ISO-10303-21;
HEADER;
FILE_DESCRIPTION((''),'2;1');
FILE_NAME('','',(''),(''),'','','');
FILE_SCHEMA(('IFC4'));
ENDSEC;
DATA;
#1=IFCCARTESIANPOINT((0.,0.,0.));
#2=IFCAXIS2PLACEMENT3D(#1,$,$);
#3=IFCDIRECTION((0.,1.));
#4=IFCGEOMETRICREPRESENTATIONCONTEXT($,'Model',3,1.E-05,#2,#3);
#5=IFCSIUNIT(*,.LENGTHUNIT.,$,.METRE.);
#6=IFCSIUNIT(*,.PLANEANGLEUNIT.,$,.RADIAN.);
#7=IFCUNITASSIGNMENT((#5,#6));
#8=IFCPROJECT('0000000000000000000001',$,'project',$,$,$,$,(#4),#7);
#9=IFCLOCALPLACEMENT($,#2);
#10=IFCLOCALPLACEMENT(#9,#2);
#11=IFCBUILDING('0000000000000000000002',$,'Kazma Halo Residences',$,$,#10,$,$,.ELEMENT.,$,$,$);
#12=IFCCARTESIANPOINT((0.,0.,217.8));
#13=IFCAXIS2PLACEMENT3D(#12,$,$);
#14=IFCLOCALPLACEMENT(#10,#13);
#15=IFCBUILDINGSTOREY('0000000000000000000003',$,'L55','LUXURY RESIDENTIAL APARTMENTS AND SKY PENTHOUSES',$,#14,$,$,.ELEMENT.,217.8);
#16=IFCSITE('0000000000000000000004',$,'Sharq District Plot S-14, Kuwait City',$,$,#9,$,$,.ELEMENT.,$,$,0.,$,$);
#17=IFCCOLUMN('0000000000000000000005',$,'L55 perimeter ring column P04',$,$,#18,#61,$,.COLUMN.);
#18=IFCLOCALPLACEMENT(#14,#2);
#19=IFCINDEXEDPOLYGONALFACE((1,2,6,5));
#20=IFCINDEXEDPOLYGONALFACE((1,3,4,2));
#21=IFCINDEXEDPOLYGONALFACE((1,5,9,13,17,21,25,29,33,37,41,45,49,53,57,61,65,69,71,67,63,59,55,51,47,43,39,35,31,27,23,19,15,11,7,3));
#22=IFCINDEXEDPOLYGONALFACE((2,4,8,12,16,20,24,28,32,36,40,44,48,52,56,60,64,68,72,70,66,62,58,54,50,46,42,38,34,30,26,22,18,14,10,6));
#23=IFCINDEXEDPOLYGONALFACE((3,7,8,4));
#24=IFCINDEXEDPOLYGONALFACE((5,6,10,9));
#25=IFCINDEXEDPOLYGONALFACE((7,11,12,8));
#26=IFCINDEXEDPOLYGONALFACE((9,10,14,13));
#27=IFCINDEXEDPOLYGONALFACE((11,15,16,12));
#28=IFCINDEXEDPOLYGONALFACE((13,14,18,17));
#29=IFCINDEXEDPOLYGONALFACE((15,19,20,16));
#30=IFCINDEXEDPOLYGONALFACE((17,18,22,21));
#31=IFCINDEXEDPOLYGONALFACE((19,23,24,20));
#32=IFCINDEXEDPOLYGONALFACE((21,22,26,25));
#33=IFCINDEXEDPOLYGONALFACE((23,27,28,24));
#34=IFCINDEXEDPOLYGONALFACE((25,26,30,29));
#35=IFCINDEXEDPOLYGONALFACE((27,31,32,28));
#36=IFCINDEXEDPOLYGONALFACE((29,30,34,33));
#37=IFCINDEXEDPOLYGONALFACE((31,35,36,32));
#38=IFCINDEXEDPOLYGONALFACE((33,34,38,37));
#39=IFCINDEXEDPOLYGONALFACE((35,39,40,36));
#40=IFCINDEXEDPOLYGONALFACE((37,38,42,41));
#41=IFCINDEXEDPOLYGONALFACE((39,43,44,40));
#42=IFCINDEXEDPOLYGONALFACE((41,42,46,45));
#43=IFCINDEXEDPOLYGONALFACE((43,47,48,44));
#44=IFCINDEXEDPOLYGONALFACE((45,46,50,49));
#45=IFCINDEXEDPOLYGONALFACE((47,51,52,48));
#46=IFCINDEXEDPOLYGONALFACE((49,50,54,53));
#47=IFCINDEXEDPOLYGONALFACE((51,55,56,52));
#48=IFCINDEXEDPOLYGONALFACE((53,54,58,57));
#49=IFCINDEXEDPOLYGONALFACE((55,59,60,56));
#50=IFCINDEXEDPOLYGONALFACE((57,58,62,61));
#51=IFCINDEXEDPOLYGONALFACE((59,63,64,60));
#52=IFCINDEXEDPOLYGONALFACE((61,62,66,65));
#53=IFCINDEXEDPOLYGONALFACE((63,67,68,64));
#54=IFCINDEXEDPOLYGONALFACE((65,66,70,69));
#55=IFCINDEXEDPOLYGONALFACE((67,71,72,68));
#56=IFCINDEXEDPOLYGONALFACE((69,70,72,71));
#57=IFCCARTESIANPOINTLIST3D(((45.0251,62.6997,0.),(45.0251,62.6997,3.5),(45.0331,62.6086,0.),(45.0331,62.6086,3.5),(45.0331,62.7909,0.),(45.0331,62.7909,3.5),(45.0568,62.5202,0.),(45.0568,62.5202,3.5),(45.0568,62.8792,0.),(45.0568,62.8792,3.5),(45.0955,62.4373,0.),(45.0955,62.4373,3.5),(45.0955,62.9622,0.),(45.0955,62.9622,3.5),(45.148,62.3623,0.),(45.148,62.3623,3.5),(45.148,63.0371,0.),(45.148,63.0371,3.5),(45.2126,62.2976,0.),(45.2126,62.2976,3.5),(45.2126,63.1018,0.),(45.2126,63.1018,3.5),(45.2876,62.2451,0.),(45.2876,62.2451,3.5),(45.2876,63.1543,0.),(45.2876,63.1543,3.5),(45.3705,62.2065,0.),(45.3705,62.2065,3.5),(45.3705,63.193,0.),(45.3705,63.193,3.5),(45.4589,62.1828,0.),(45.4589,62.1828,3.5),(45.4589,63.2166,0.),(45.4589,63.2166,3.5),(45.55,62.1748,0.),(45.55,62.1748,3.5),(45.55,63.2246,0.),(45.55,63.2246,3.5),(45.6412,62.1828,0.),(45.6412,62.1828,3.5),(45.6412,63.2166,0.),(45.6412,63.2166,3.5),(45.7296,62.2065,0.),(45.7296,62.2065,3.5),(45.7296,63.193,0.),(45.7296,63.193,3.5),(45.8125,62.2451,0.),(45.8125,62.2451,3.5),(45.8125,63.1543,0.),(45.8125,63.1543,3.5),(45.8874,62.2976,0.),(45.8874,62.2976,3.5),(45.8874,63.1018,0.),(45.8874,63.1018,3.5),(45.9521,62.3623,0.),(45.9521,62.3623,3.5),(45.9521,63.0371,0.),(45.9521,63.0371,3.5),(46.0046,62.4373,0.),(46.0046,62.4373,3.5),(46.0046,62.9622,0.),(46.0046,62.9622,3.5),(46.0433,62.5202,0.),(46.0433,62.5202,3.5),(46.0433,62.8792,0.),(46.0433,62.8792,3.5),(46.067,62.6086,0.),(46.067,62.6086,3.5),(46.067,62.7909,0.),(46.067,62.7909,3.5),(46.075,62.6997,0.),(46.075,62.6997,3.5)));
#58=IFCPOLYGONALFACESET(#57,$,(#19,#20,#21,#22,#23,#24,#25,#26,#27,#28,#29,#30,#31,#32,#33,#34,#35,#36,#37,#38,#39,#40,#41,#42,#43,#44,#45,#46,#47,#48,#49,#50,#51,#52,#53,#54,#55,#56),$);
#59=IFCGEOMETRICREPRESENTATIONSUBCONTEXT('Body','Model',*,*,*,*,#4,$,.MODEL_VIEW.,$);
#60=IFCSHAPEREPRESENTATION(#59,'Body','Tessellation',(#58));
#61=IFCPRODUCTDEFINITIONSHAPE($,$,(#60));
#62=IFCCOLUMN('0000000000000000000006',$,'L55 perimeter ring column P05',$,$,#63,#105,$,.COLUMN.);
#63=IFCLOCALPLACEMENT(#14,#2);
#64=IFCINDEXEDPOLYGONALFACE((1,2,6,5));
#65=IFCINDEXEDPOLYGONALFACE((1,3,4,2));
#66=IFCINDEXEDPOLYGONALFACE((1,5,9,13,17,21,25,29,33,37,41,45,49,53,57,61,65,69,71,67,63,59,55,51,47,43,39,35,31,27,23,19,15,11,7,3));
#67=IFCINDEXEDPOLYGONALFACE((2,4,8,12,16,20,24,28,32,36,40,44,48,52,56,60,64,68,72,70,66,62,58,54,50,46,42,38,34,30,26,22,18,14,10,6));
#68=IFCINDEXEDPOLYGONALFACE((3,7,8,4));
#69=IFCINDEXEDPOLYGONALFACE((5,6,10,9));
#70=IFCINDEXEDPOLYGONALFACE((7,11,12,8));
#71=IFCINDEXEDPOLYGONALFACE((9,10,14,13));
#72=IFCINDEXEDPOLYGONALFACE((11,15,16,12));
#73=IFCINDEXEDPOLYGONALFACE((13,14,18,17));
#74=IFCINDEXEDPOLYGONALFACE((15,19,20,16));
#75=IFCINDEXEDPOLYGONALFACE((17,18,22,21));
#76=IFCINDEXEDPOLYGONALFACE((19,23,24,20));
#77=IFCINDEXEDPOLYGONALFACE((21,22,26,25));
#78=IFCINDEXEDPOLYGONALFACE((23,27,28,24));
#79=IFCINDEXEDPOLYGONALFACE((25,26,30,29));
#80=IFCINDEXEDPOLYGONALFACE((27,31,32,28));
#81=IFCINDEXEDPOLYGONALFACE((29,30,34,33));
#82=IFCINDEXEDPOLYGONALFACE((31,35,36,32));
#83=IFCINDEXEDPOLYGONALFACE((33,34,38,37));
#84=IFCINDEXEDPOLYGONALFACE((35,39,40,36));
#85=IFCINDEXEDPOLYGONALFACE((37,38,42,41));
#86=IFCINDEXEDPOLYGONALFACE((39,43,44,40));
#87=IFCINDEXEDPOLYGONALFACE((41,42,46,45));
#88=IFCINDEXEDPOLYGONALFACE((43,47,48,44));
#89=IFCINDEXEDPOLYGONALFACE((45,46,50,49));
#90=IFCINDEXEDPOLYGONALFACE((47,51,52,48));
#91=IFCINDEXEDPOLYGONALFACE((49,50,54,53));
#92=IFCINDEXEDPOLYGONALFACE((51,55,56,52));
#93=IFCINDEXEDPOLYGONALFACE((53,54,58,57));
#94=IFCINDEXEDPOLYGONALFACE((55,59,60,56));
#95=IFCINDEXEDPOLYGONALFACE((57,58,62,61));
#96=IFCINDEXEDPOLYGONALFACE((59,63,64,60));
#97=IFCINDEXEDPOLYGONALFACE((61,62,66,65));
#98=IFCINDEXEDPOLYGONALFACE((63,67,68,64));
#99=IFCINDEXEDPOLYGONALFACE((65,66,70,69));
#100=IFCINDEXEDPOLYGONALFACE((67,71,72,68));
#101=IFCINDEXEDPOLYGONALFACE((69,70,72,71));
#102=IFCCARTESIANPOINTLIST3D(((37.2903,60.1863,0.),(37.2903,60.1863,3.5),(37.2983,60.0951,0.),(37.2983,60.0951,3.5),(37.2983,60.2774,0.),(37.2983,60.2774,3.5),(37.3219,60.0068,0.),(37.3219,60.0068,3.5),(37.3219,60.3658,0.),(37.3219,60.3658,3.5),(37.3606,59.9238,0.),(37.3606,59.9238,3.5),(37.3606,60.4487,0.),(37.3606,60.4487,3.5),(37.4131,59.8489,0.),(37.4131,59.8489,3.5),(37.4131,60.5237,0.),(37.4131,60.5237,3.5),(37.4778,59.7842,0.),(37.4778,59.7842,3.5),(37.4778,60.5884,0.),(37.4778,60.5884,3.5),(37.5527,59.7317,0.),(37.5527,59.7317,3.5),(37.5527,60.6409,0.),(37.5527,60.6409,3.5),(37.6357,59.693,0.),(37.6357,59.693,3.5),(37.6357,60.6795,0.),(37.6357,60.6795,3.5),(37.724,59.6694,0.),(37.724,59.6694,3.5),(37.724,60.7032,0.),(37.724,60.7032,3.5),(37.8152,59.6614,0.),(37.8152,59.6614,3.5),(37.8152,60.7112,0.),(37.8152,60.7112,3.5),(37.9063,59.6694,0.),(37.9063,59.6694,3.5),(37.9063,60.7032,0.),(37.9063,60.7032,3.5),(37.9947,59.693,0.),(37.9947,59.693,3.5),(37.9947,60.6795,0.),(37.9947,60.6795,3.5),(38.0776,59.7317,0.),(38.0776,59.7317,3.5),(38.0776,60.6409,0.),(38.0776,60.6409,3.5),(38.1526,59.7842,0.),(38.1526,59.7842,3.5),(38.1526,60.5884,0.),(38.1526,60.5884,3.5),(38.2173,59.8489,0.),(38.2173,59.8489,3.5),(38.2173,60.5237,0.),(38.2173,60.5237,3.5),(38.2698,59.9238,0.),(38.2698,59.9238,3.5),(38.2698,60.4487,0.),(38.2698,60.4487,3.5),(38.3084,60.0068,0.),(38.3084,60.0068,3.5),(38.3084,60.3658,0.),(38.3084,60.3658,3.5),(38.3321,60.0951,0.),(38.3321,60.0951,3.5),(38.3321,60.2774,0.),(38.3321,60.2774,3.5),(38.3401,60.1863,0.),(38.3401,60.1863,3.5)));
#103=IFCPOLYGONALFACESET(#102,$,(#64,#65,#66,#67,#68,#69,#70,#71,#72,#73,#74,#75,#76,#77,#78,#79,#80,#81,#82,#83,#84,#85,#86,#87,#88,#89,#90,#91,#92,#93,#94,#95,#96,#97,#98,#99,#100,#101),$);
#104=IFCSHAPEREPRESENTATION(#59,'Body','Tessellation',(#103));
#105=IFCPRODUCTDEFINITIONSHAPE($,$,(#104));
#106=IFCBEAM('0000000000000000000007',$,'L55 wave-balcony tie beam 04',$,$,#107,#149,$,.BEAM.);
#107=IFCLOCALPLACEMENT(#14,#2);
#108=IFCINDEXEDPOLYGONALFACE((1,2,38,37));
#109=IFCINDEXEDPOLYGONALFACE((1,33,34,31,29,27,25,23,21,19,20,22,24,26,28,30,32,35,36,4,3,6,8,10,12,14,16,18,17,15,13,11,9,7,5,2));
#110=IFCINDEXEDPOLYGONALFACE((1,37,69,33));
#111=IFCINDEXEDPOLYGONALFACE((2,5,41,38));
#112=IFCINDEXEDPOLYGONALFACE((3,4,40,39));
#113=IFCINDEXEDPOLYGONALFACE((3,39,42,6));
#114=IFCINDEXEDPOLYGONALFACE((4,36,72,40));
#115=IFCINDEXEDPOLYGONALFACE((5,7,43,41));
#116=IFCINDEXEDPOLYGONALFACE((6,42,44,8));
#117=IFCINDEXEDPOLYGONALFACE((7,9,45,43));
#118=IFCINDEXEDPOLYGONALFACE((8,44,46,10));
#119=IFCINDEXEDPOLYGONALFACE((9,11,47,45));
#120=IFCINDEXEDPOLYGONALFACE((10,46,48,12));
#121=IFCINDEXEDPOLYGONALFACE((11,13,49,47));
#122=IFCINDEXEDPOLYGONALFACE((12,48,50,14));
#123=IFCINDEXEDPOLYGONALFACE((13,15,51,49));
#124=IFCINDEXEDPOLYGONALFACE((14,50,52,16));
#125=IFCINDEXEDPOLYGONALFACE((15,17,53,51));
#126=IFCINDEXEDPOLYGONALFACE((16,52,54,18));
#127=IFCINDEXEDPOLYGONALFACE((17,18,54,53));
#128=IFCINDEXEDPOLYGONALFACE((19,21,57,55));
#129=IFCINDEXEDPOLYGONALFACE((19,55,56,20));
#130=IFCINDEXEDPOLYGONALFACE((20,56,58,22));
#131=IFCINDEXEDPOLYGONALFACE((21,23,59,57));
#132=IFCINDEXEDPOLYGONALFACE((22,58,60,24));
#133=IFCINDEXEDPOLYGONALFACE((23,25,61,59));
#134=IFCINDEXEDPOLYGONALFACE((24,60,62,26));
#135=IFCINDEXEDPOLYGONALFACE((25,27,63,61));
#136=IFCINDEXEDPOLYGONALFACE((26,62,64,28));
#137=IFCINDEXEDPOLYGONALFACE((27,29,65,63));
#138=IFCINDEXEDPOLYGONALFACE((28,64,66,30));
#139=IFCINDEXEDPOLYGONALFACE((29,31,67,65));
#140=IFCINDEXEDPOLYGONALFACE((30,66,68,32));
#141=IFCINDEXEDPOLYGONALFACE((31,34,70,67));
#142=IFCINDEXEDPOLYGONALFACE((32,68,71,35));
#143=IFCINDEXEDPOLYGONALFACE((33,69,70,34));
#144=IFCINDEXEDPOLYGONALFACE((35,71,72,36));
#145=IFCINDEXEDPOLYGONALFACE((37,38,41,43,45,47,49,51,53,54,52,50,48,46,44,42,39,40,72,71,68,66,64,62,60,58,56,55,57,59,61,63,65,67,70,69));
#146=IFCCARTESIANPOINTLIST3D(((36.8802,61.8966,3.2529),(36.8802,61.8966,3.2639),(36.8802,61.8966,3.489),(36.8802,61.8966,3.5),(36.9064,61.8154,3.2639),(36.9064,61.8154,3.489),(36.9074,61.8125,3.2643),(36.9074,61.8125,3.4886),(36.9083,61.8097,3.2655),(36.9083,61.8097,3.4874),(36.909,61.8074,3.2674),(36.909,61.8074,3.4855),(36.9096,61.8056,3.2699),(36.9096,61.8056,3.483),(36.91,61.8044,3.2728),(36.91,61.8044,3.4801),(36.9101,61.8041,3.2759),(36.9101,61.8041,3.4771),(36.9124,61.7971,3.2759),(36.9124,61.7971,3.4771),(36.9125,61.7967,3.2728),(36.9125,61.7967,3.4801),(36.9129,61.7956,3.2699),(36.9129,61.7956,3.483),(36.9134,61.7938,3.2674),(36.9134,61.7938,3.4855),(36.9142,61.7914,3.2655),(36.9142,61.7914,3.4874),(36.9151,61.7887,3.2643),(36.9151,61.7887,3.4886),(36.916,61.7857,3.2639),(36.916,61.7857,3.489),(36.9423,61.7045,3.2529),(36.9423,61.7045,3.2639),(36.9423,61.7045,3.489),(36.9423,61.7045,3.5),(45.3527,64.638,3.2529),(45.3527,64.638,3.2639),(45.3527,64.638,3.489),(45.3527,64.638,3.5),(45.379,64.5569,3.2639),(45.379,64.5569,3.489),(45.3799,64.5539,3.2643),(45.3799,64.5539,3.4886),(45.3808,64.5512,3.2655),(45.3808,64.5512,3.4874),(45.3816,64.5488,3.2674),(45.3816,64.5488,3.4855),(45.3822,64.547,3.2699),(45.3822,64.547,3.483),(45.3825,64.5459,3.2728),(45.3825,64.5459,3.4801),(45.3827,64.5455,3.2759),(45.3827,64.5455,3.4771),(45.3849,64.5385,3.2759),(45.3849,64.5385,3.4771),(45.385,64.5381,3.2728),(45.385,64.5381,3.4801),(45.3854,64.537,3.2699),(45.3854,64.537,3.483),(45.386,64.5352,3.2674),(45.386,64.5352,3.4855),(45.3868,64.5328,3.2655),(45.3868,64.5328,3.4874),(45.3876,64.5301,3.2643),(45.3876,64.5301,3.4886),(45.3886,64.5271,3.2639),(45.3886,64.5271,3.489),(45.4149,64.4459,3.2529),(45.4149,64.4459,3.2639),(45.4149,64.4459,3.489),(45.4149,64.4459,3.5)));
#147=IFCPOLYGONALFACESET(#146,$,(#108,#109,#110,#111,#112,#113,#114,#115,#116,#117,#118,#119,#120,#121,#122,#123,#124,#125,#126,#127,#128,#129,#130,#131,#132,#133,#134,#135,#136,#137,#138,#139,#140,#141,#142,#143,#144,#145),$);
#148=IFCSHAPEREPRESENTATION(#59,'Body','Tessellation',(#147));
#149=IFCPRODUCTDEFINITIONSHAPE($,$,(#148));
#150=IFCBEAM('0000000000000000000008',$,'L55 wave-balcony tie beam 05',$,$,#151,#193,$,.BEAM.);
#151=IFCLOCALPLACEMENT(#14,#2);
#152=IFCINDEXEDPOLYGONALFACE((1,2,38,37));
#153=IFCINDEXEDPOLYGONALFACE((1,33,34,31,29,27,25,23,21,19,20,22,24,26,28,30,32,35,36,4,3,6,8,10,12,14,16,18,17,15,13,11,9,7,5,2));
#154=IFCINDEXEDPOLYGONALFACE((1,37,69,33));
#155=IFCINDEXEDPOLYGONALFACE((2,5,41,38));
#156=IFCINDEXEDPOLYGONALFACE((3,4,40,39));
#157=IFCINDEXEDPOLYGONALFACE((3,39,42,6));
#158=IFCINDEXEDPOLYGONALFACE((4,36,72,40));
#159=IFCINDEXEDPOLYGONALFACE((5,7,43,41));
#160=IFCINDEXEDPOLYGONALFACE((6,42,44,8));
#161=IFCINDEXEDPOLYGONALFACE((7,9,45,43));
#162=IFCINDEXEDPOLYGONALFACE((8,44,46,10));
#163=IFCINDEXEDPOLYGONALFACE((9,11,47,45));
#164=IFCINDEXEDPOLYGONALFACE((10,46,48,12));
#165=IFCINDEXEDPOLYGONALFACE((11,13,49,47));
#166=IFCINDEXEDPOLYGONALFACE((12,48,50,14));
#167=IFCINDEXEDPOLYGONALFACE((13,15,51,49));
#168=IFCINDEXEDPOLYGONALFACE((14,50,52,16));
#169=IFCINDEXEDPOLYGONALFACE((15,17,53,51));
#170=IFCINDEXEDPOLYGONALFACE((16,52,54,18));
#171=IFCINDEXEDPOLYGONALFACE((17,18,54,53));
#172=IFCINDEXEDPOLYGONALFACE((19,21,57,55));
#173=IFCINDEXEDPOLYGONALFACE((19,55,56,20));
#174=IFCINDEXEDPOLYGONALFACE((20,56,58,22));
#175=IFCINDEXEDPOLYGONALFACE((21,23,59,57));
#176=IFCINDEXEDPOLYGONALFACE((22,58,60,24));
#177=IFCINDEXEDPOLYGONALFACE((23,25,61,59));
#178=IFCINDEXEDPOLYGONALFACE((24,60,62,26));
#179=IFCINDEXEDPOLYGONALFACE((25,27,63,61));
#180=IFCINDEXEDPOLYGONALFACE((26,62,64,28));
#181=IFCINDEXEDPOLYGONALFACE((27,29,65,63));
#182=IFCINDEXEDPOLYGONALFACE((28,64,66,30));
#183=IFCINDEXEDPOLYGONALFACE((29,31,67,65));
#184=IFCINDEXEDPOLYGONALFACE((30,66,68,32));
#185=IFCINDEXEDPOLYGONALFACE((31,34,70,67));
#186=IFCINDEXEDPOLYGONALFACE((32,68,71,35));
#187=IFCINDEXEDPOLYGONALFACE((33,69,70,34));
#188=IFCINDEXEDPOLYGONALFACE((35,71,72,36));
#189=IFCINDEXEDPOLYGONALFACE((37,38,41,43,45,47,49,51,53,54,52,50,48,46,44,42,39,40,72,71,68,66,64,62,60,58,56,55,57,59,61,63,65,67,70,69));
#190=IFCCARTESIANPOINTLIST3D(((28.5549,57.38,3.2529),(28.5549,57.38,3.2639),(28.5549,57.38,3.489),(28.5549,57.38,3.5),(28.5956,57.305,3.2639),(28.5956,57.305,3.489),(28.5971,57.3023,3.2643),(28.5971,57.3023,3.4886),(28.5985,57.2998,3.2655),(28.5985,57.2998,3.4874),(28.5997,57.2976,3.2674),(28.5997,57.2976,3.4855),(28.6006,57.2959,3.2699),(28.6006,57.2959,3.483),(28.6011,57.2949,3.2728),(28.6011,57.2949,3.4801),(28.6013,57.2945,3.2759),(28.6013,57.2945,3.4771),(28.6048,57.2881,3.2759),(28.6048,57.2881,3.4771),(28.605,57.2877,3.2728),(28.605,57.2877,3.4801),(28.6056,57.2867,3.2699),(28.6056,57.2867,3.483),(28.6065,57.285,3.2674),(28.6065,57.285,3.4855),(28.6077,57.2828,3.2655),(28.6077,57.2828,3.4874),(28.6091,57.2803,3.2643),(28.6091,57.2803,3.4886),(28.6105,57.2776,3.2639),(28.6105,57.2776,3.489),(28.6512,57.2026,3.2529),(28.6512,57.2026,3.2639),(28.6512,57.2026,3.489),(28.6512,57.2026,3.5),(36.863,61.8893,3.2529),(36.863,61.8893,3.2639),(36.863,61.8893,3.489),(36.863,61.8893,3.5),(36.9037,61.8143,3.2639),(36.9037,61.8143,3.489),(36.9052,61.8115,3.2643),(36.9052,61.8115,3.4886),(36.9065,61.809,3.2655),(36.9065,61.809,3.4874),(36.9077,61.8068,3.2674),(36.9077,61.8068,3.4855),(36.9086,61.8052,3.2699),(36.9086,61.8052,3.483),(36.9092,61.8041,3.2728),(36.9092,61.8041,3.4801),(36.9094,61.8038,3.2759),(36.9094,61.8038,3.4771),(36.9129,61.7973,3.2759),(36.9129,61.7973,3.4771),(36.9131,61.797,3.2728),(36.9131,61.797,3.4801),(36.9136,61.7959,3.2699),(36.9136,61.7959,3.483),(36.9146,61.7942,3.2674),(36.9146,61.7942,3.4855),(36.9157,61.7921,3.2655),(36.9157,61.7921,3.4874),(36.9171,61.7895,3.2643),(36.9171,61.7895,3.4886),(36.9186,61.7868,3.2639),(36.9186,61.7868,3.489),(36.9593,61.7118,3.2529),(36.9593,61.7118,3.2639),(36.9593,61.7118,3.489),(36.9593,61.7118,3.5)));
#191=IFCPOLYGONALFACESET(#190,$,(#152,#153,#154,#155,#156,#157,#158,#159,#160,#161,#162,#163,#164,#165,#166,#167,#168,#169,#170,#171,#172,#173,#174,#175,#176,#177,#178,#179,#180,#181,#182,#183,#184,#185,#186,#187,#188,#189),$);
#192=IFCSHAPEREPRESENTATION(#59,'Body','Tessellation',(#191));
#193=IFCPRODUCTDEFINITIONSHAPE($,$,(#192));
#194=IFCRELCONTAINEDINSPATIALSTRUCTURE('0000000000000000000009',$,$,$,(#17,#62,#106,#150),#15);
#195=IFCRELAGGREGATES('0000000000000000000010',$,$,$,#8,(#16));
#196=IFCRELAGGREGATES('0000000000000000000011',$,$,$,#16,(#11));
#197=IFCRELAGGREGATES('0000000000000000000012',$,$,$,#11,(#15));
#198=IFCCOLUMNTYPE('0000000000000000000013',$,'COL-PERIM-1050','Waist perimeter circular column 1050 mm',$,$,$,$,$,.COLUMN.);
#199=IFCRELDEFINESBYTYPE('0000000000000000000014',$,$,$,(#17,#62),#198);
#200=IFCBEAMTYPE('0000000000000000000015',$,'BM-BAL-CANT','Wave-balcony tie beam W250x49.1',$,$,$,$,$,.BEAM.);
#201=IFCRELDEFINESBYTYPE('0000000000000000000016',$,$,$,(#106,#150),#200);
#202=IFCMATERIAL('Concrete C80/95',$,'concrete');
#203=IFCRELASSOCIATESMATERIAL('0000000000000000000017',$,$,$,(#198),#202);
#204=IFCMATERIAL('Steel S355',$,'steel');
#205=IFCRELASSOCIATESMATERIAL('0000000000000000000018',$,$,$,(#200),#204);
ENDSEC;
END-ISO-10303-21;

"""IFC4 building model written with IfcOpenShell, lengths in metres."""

from ifc_helpers import new_model, si_unit, direction, frame, origin, origin_2d, place, context, subcontext, project, spatial, circle, i_section, extrude, material, material_profile, profile_set, type_object, element, save


model = new_model("IFC4")

# Units and contexts
model_context = context("Model", 3, precision=1e-05, world=origin(), true_north=direction((0.0, 1.0)))
body_context = subcontext(model_context, "Body", "Model", "MODEL_VIEW")
ifc_project = project(units=[si_unit("LENGTHUNIT", "METRE"), si_unit("PLANEANGLEUNIT", "RADIAN")], contexts=[model_context])

# Site, building, storey
site_placement = place(None, origin())
site = spatial("IfcSite", under=ifc_project, at=site_placement, Name="Sharq District Plot S-14, Kuwait City", CompositionType="ELEMENT", RefElevation=0.0)
building_placement = place(site_placement, origin())
building = spatial("IfcBuilding", under=site, at=building_placement, Name="Kazma Halo Residences", CompositionType="ELEMENT")
storey_placement = place(building_placement, frame((0.0, 0.0, 217.8)))
storey = spatial("IfcBuildingStorey", under=building, at=storey_placement, Name="L55", Description="LUXURY RESIDENTIAL APARTMENTS AND SKY PENTHOUSES", CompositionType="ELEMENT", Elevation=217.8)

# Columns
ifc_material_1 = material(Name="Concrete C80/95", Category="concrete")
ifc_material_profile_1 = material_profile(ifc_material_1, circle(Radius=0.5249, at=origin_2d()), Name="CIRC1050")
ifc_profile_set_1 = profile_set([ifc_material_profile_1], Name="Concrete C80/95")
column_type = type_object("IfcColumnType", Name="COL-PERIM-1050", Description="Waist perimeter circular column 1050 mm", PredefinedType="COLUMN", material=ifc_profile_set_1)
for number, where, z_axis, x_axis, name in (
    (1, (45.55, 62.6997, 0.0), (0.0, 0.0, 1.0), (1.0, 0.0, 0.0), "L55 perimeter ring column P04"),
    (2, (37.8152, 60.1863, 0.0), (0.0, 0.0, 1.0), (1.0, 0.0, 0.0), "L55 perimeter ring column P05"),
):
    element("IfcColumn", number, at=place(storey_placement, frame(where, z_axis=z_axis, x_axis=x_axis)), inside=storey, type_object=column_type, Name=name, PredefinedType="COLUMN", context=body_context, shape_type="SweptSolid", body=[
        extrude(circle(Radius=0.5249, at=origin_2d()), origin(), (0.0, 0.0, 1.0), 3.5),
    ])

# Beams
ifc_material_2 = material(Name="Steel S355", Category="steel")
ifc_material_profile_2 = material_profile(ifc_material_2, i_section(OverallWidth=0.2019, OverallDepth=0.2471, WebThickness=0.0073, FlangeThickness=0.011, FilletRadius=0.012, at=origin_2d()), Name="W250x49.1")
ifc_profile_set_2 = profile_set([ifc_material_profile_2], Name="Steel S355")
beam_type_1 = type_object("IfcBeamType", Name="BM-BAL-CANT", Description="Wave-balcony tie beam W250x49.1", PredefinedType="BEAM", material=ifc_profile_set_2)
beam_1_placement = place(storey_placement, frame((45.3838, 64.542, 3.3765), z_axis=(-0.951435, -0.307851, 0.0), x_axis=(0.307851, -0.951435, 0.0)))
element("IfcBeam", 3, at=beam_1_placement, inside=storey, type_object=beam_type_1, Name="L55 wave-balcony tie beam 04", PredefinedType="BEAM", context=body_context, shape_type="SweptSolid", body=[
    extrude(i_section(OverallWidth=0.2019, OverallDepth=0.2471, WebThickness=0.0073, FlangeThickness=0.011, FilletRadius=0.012, at=origin_2d()), origin(), (0.0, 0.0, 1.0), 8.905),
])
beam_2_placement = place(storey_placement, frame((36.9111, 61.8005, 3.3765), z_axis=(-0.878891, -0.477023, 0.0), x_axis=(0.477023, -0.878891, 0.0)))
element("IfcBeam", 4, at=beam_2_placement, inside=storey, type_object=beam_type_1, Name="L55 wave-balcony tie beam 05", PredefinedType="BEAM", context=body_context, shape_type="SweptSolid", body=[
    extrude(i_section(OverallWidth=0.2019, OverallDepth=0.2471, WebThickness=0.0073, FlangeThickness=0.011, FilletRadius=0.012, at=origin_2d()), origin(), (0.0, 0.0, 1.0), 9.4529),
])

save(model, "model.ifc")
